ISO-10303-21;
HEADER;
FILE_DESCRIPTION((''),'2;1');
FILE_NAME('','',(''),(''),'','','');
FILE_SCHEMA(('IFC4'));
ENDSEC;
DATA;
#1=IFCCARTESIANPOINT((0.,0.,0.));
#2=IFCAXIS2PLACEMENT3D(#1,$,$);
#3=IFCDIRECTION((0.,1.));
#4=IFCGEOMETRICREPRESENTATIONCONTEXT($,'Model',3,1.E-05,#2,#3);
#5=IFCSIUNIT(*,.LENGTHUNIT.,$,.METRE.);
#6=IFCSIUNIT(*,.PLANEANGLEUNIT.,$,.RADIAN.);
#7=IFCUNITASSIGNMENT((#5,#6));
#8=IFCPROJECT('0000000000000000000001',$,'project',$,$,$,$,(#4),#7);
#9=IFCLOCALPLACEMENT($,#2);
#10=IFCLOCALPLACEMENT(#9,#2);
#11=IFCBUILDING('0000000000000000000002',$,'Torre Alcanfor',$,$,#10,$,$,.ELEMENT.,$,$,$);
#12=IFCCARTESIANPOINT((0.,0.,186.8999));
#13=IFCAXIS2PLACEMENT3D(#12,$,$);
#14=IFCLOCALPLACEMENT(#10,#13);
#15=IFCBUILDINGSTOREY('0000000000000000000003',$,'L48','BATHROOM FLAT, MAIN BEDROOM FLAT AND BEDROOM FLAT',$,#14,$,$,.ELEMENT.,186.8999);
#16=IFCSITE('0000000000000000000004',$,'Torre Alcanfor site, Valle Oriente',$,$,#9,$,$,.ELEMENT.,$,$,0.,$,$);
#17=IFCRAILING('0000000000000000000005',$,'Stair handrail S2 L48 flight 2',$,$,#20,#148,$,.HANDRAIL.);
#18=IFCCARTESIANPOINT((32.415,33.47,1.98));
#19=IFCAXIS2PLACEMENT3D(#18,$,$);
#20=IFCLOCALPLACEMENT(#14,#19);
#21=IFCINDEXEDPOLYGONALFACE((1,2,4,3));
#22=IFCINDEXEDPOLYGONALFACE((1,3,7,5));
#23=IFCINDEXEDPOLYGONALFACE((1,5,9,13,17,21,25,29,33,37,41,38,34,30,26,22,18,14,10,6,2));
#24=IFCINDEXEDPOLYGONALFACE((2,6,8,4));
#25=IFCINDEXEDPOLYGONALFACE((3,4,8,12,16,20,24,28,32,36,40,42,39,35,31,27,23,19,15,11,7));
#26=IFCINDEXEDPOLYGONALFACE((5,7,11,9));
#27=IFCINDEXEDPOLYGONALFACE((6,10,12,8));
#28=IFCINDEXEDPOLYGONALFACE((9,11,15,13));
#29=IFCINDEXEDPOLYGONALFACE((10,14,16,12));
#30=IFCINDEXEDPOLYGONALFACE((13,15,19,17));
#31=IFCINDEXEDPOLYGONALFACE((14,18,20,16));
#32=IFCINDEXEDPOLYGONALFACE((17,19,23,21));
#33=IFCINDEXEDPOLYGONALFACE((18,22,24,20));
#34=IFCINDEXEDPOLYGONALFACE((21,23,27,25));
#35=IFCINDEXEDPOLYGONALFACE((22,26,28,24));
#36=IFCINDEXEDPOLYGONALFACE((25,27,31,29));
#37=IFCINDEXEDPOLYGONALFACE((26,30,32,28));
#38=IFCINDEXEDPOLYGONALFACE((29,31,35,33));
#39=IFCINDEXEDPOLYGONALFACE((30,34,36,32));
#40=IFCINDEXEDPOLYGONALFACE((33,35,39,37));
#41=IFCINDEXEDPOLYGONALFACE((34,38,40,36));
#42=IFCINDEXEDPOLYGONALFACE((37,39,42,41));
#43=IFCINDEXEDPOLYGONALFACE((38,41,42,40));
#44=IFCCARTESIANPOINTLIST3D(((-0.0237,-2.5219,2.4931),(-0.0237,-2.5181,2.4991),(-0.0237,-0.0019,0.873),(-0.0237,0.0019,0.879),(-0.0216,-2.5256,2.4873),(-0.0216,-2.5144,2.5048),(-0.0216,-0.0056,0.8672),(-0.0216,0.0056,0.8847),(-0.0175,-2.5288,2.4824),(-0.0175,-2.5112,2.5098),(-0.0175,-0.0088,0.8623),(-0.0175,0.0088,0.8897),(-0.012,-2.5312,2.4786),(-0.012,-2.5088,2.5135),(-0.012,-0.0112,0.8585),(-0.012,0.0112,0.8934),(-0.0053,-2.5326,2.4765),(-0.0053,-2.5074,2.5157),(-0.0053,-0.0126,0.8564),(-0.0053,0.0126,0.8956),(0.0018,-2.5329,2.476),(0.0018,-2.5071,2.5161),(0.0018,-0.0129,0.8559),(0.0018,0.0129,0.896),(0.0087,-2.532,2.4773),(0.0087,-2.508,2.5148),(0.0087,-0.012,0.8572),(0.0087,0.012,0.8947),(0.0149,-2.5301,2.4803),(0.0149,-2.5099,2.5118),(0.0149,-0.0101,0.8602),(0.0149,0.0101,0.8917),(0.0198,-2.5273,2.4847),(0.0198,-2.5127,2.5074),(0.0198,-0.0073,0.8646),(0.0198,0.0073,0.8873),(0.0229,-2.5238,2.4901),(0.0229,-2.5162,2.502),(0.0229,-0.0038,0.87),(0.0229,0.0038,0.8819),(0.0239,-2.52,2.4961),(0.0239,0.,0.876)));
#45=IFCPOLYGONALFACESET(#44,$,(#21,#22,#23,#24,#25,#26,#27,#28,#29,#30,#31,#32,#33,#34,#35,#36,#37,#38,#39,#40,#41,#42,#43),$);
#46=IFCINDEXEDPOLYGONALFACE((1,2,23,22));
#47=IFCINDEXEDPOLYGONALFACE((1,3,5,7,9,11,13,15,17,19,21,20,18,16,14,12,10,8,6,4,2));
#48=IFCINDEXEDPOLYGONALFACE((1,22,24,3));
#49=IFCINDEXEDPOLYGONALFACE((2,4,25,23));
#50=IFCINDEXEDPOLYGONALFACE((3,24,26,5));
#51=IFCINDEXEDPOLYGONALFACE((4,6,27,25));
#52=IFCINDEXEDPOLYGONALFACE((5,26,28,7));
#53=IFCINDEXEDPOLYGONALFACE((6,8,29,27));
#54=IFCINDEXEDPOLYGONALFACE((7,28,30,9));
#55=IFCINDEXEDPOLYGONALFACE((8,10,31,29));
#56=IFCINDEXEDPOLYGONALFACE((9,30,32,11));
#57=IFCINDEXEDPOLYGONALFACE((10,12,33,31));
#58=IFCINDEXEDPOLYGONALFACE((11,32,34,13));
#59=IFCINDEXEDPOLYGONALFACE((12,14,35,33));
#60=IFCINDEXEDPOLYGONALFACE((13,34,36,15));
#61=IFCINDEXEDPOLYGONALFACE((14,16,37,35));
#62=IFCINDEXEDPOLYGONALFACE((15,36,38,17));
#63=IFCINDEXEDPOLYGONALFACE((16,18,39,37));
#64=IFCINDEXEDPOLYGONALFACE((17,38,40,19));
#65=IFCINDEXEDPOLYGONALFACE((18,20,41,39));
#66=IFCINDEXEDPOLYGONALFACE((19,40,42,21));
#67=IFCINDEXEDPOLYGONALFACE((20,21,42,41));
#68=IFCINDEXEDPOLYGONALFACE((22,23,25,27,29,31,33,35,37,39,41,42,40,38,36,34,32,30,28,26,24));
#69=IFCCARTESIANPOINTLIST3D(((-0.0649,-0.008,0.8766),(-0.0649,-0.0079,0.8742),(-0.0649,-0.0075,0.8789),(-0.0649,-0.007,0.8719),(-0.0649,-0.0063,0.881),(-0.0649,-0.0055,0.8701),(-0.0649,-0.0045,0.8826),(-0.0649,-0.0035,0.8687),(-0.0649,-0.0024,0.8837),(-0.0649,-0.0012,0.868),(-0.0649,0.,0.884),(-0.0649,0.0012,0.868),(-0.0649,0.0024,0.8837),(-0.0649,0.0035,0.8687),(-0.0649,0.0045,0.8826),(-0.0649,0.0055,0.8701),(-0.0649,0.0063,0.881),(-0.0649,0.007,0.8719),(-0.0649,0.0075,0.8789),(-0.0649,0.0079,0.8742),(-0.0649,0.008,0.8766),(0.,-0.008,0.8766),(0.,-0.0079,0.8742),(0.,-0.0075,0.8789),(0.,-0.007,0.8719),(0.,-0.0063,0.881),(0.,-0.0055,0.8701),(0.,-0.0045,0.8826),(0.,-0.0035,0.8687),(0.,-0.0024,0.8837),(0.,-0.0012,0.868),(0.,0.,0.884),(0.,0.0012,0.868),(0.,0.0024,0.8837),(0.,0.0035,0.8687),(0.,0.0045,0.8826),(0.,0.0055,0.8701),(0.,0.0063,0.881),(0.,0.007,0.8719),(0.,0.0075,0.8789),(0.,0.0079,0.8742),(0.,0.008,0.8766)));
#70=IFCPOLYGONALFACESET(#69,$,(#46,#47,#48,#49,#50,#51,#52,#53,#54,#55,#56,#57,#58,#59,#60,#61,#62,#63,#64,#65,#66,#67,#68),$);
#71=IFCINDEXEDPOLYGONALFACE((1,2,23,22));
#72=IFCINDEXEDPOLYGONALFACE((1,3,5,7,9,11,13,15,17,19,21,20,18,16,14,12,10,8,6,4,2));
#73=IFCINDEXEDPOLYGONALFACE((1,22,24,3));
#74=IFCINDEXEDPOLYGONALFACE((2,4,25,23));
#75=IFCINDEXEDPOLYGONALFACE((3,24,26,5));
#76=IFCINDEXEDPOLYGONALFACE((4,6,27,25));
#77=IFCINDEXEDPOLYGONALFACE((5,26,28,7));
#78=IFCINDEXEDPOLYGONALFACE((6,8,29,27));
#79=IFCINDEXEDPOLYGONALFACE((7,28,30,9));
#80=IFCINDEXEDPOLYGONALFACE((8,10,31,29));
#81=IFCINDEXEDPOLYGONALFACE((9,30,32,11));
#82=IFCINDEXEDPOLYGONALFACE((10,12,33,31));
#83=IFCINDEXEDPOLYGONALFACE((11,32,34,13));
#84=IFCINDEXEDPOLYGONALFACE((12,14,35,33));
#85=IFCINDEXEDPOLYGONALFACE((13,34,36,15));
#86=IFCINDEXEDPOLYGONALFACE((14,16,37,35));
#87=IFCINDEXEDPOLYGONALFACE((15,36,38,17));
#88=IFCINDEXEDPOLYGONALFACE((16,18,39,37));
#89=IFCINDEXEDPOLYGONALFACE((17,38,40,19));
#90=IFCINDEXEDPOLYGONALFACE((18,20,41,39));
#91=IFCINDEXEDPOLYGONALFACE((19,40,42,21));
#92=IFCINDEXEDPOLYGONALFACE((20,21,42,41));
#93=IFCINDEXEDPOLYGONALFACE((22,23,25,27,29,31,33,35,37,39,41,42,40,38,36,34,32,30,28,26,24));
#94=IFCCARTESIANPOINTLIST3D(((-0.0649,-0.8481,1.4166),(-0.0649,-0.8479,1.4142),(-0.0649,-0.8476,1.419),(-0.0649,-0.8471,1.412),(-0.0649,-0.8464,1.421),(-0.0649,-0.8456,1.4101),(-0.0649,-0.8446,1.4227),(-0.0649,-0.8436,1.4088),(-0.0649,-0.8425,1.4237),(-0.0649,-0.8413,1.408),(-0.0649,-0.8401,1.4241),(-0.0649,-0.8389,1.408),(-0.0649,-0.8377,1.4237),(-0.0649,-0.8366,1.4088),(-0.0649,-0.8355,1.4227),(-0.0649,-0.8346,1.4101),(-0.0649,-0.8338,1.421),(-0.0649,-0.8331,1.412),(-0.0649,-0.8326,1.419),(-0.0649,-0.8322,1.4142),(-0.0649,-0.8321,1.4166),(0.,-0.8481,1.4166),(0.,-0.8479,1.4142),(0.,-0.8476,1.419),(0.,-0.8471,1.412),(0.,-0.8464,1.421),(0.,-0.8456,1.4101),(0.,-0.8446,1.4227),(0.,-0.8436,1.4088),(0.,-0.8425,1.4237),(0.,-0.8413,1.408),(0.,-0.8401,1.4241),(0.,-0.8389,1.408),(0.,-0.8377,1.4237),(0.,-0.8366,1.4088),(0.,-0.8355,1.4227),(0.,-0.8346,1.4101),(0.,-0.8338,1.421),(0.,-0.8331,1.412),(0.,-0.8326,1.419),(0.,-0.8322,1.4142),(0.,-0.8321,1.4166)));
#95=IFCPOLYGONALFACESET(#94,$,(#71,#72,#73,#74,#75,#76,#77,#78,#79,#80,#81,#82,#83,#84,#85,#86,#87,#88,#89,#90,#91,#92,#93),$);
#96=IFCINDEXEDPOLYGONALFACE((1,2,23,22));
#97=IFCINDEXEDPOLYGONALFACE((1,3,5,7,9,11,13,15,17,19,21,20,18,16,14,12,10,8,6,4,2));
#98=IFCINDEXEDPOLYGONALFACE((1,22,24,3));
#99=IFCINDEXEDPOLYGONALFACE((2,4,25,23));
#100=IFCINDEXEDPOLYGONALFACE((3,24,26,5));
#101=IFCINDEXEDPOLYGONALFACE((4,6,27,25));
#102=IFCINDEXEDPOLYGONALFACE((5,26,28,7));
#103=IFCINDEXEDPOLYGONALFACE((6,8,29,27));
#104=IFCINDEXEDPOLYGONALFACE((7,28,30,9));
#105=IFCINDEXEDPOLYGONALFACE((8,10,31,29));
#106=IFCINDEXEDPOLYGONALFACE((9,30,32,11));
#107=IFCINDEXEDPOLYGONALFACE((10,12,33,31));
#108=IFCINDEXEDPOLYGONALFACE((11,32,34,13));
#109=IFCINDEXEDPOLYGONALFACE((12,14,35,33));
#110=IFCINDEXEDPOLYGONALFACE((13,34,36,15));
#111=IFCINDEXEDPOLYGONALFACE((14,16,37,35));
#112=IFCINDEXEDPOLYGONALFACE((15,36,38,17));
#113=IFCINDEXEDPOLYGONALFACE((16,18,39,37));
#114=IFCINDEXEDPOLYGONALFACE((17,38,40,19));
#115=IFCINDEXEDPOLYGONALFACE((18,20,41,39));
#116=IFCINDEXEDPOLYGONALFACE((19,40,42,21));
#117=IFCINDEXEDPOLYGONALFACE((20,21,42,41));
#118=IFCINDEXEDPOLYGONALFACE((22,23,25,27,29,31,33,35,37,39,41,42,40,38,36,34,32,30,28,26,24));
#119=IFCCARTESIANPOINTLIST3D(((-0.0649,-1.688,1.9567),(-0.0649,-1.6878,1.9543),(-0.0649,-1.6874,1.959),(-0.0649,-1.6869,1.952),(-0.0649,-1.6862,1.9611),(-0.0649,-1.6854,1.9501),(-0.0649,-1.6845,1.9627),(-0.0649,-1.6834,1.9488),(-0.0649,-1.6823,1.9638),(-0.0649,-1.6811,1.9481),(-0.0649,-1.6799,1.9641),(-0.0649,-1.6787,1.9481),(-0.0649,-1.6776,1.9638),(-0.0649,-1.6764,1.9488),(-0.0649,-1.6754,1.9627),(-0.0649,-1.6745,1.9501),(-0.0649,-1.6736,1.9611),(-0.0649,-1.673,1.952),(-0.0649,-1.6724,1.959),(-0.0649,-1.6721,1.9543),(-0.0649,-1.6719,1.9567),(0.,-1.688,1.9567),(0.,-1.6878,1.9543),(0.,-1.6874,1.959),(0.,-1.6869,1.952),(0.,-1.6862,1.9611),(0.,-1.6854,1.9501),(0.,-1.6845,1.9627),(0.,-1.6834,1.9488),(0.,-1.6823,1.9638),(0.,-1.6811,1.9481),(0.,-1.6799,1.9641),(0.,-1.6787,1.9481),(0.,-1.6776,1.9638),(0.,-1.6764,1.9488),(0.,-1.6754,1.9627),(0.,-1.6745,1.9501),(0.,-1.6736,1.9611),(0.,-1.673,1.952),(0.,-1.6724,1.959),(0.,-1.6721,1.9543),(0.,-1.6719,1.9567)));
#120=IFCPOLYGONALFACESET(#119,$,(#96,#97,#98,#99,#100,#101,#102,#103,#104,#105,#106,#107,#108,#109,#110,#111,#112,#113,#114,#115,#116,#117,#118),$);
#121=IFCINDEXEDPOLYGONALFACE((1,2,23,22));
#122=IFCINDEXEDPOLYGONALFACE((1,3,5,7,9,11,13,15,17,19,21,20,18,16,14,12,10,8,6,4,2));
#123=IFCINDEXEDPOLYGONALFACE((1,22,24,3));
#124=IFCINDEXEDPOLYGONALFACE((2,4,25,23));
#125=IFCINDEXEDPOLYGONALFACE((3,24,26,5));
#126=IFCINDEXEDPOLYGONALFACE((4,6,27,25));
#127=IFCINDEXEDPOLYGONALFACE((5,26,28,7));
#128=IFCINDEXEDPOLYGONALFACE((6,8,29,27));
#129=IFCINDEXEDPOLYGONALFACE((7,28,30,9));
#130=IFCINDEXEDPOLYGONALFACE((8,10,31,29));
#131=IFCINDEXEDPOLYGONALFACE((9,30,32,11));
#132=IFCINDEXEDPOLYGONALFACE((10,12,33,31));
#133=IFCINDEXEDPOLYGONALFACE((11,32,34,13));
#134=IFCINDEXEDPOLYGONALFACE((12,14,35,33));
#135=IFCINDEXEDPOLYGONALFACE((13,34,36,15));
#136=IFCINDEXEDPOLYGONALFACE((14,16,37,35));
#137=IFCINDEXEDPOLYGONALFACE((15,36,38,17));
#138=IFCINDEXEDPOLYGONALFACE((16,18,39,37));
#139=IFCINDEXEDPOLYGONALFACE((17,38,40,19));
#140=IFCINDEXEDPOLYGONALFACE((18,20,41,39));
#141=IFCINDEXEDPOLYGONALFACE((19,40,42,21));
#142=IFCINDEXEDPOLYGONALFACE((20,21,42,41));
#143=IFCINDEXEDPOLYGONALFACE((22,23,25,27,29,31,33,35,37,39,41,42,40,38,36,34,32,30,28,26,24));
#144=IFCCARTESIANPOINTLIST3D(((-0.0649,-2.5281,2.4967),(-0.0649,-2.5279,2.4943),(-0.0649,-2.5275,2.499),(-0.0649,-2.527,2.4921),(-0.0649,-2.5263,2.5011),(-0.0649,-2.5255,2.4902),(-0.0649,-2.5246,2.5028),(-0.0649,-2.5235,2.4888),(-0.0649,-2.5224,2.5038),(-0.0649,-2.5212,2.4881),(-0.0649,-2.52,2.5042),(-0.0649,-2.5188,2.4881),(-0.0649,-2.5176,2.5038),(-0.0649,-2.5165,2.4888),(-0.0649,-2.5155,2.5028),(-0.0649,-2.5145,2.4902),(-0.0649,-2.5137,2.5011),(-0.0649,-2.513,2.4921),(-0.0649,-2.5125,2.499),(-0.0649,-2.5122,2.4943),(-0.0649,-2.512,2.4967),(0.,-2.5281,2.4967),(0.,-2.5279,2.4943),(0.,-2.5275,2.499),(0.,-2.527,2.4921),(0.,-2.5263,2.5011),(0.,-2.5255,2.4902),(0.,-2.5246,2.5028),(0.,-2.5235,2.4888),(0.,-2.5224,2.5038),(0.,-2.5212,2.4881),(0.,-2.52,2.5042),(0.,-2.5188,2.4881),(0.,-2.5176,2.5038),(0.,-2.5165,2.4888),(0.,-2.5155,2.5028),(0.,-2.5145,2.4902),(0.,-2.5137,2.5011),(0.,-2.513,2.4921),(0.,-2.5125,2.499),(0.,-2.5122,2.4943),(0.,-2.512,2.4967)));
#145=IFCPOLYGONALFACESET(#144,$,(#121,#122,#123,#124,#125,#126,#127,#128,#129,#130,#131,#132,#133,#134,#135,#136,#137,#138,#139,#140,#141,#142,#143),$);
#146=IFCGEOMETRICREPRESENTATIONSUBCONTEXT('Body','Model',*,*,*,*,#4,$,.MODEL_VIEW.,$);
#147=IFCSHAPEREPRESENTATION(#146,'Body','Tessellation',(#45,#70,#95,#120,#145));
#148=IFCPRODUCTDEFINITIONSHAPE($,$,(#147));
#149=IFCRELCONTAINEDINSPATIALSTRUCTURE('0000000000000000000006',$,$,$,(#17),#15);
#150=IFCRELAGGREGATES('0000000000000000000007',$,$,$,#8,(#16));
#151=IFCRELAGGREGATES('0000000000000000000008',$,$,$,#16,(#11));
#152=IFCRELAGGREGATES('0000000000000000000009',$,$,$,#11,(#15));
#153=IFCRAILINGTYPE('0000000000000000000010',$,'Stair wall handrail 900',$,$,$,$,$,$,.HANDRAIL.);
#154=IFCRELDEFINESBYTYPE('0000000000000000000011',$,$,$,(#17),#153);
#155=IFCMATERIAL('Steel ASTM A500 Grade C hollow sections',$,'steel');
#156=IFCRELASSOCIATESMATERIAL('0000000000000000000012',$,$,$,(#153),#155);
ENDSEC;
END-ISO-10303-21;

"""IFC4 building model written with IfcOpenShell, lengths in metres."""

from ifc_helpers import new_model, si_unit, direction, frame, origin, origin_2d, place, context, subcontext, project, spatial, circle, extrude, material, type_object, element, save


model = new_model("IFC4")

# Units and contexts
model_context = context("Model", 3, precision=1e-05, world=origin(), true_north=direction((0.0, 1.0)))
body_context = subcontext(model_context, "Body", "Model", "MODEL_VIEW")
ifc_project = project(units=[si_unit("LENGTHUNIT", "METRE"), si_unit("PLANEANGLEUNIT", "RADIAN")], contexts=[model_context])

# Site, building, storey
site_placement = place(None, origin())
site = spatial("IfcSite", under=ifc_project, at=site_placement, Name="Torre Alcanfor site, Valle Oriente", CompositionType="ELEMENT", RefElevation=0.0)
building_placement = place(site_placement, origin())
building = spatial("IfcBuilding", under=site, at=building_placement, Name="Torre Alcanfor", CompositionType="ELEMENT")
storey_placement = place(building_placement, frame((0.0, 0.0, 186.8999)))
storey = spatial("IfcBuildingStorey", under=building, at=storey_placement, Name="L48", Description="BATHROOM FLAT, MAIN BEDROOM FLAT AND BEDROOM FLAT", CompositionType="ELEMENT", Elevation=186.8999)

# Railing
ifc_material_1 = material(Name="Steel ASTM A500 Grade C hollow sections", Category="steel")
railing_type_1 = type_object("IfcRailingType", Name="Stair wall handrail 900", PredefinedType="HANDRAIL", material=ifc_material_1)
railing_1_placement = place(storey_placement, frame((32.415, 33.47, 1.98)))
element("IfcRailing", 1, at=railing_1_placement, inside=storey, type_object=railing_type_1, Name="Stair handrail S2 L48 flight 2", PredefinedType="HANDRAIL", context=body_context, shape_type="SweptSolid", body=[
    extrude(circle(Radius=0.0239, at=origin_2d()), frame((0.0, 0.0, 0.876), z_axis=(0.0, -0.841163, 0.540782), x_axis=(1.0, 0.0, 0.0)), (0.0, 0.0, 1.0), 2.9958),
    extrude(circle(Radius=0.0081, at=origin_2d()), frame((0.0, 0.0, 0.876), z_axis=(-1.0, 0.0, 0.0), x_axis=(0.0, 0.0, 1.0)), (0.0, 0.0, 1.0), 0.0649),
    extrude(circle(Radius=0.0081, at=origin_2d()), frame((0.0, -0.8401, 1.416), z_axis=(-1.0, 0.0, 0.0), x_axis=(0.0, 0.0, 1.0)), (0.0, 0.0, 1.0), 0.0649),
    extrude(circle(Radius=0.0081, at=origin_2d()), frame((0.0, -1.6799, 1.9561), z_axis=(-1.0, 0.0, 0.0), x_axis=(0.0, 0.0, 1.0)), (0.0, 0.0, 1.0), 0.0649),
    extrude(circle(Radius=0.0081, at=origin_2d()), frame((0.0, -2.52, 2.4961), z_axis=(-1.0, 0.0, 0.0), x_axis=(0.0, 0.0, 1.0)), (0.0, 0.0, 1.0), 0.0649),
])

save(model, "model.ifc")
